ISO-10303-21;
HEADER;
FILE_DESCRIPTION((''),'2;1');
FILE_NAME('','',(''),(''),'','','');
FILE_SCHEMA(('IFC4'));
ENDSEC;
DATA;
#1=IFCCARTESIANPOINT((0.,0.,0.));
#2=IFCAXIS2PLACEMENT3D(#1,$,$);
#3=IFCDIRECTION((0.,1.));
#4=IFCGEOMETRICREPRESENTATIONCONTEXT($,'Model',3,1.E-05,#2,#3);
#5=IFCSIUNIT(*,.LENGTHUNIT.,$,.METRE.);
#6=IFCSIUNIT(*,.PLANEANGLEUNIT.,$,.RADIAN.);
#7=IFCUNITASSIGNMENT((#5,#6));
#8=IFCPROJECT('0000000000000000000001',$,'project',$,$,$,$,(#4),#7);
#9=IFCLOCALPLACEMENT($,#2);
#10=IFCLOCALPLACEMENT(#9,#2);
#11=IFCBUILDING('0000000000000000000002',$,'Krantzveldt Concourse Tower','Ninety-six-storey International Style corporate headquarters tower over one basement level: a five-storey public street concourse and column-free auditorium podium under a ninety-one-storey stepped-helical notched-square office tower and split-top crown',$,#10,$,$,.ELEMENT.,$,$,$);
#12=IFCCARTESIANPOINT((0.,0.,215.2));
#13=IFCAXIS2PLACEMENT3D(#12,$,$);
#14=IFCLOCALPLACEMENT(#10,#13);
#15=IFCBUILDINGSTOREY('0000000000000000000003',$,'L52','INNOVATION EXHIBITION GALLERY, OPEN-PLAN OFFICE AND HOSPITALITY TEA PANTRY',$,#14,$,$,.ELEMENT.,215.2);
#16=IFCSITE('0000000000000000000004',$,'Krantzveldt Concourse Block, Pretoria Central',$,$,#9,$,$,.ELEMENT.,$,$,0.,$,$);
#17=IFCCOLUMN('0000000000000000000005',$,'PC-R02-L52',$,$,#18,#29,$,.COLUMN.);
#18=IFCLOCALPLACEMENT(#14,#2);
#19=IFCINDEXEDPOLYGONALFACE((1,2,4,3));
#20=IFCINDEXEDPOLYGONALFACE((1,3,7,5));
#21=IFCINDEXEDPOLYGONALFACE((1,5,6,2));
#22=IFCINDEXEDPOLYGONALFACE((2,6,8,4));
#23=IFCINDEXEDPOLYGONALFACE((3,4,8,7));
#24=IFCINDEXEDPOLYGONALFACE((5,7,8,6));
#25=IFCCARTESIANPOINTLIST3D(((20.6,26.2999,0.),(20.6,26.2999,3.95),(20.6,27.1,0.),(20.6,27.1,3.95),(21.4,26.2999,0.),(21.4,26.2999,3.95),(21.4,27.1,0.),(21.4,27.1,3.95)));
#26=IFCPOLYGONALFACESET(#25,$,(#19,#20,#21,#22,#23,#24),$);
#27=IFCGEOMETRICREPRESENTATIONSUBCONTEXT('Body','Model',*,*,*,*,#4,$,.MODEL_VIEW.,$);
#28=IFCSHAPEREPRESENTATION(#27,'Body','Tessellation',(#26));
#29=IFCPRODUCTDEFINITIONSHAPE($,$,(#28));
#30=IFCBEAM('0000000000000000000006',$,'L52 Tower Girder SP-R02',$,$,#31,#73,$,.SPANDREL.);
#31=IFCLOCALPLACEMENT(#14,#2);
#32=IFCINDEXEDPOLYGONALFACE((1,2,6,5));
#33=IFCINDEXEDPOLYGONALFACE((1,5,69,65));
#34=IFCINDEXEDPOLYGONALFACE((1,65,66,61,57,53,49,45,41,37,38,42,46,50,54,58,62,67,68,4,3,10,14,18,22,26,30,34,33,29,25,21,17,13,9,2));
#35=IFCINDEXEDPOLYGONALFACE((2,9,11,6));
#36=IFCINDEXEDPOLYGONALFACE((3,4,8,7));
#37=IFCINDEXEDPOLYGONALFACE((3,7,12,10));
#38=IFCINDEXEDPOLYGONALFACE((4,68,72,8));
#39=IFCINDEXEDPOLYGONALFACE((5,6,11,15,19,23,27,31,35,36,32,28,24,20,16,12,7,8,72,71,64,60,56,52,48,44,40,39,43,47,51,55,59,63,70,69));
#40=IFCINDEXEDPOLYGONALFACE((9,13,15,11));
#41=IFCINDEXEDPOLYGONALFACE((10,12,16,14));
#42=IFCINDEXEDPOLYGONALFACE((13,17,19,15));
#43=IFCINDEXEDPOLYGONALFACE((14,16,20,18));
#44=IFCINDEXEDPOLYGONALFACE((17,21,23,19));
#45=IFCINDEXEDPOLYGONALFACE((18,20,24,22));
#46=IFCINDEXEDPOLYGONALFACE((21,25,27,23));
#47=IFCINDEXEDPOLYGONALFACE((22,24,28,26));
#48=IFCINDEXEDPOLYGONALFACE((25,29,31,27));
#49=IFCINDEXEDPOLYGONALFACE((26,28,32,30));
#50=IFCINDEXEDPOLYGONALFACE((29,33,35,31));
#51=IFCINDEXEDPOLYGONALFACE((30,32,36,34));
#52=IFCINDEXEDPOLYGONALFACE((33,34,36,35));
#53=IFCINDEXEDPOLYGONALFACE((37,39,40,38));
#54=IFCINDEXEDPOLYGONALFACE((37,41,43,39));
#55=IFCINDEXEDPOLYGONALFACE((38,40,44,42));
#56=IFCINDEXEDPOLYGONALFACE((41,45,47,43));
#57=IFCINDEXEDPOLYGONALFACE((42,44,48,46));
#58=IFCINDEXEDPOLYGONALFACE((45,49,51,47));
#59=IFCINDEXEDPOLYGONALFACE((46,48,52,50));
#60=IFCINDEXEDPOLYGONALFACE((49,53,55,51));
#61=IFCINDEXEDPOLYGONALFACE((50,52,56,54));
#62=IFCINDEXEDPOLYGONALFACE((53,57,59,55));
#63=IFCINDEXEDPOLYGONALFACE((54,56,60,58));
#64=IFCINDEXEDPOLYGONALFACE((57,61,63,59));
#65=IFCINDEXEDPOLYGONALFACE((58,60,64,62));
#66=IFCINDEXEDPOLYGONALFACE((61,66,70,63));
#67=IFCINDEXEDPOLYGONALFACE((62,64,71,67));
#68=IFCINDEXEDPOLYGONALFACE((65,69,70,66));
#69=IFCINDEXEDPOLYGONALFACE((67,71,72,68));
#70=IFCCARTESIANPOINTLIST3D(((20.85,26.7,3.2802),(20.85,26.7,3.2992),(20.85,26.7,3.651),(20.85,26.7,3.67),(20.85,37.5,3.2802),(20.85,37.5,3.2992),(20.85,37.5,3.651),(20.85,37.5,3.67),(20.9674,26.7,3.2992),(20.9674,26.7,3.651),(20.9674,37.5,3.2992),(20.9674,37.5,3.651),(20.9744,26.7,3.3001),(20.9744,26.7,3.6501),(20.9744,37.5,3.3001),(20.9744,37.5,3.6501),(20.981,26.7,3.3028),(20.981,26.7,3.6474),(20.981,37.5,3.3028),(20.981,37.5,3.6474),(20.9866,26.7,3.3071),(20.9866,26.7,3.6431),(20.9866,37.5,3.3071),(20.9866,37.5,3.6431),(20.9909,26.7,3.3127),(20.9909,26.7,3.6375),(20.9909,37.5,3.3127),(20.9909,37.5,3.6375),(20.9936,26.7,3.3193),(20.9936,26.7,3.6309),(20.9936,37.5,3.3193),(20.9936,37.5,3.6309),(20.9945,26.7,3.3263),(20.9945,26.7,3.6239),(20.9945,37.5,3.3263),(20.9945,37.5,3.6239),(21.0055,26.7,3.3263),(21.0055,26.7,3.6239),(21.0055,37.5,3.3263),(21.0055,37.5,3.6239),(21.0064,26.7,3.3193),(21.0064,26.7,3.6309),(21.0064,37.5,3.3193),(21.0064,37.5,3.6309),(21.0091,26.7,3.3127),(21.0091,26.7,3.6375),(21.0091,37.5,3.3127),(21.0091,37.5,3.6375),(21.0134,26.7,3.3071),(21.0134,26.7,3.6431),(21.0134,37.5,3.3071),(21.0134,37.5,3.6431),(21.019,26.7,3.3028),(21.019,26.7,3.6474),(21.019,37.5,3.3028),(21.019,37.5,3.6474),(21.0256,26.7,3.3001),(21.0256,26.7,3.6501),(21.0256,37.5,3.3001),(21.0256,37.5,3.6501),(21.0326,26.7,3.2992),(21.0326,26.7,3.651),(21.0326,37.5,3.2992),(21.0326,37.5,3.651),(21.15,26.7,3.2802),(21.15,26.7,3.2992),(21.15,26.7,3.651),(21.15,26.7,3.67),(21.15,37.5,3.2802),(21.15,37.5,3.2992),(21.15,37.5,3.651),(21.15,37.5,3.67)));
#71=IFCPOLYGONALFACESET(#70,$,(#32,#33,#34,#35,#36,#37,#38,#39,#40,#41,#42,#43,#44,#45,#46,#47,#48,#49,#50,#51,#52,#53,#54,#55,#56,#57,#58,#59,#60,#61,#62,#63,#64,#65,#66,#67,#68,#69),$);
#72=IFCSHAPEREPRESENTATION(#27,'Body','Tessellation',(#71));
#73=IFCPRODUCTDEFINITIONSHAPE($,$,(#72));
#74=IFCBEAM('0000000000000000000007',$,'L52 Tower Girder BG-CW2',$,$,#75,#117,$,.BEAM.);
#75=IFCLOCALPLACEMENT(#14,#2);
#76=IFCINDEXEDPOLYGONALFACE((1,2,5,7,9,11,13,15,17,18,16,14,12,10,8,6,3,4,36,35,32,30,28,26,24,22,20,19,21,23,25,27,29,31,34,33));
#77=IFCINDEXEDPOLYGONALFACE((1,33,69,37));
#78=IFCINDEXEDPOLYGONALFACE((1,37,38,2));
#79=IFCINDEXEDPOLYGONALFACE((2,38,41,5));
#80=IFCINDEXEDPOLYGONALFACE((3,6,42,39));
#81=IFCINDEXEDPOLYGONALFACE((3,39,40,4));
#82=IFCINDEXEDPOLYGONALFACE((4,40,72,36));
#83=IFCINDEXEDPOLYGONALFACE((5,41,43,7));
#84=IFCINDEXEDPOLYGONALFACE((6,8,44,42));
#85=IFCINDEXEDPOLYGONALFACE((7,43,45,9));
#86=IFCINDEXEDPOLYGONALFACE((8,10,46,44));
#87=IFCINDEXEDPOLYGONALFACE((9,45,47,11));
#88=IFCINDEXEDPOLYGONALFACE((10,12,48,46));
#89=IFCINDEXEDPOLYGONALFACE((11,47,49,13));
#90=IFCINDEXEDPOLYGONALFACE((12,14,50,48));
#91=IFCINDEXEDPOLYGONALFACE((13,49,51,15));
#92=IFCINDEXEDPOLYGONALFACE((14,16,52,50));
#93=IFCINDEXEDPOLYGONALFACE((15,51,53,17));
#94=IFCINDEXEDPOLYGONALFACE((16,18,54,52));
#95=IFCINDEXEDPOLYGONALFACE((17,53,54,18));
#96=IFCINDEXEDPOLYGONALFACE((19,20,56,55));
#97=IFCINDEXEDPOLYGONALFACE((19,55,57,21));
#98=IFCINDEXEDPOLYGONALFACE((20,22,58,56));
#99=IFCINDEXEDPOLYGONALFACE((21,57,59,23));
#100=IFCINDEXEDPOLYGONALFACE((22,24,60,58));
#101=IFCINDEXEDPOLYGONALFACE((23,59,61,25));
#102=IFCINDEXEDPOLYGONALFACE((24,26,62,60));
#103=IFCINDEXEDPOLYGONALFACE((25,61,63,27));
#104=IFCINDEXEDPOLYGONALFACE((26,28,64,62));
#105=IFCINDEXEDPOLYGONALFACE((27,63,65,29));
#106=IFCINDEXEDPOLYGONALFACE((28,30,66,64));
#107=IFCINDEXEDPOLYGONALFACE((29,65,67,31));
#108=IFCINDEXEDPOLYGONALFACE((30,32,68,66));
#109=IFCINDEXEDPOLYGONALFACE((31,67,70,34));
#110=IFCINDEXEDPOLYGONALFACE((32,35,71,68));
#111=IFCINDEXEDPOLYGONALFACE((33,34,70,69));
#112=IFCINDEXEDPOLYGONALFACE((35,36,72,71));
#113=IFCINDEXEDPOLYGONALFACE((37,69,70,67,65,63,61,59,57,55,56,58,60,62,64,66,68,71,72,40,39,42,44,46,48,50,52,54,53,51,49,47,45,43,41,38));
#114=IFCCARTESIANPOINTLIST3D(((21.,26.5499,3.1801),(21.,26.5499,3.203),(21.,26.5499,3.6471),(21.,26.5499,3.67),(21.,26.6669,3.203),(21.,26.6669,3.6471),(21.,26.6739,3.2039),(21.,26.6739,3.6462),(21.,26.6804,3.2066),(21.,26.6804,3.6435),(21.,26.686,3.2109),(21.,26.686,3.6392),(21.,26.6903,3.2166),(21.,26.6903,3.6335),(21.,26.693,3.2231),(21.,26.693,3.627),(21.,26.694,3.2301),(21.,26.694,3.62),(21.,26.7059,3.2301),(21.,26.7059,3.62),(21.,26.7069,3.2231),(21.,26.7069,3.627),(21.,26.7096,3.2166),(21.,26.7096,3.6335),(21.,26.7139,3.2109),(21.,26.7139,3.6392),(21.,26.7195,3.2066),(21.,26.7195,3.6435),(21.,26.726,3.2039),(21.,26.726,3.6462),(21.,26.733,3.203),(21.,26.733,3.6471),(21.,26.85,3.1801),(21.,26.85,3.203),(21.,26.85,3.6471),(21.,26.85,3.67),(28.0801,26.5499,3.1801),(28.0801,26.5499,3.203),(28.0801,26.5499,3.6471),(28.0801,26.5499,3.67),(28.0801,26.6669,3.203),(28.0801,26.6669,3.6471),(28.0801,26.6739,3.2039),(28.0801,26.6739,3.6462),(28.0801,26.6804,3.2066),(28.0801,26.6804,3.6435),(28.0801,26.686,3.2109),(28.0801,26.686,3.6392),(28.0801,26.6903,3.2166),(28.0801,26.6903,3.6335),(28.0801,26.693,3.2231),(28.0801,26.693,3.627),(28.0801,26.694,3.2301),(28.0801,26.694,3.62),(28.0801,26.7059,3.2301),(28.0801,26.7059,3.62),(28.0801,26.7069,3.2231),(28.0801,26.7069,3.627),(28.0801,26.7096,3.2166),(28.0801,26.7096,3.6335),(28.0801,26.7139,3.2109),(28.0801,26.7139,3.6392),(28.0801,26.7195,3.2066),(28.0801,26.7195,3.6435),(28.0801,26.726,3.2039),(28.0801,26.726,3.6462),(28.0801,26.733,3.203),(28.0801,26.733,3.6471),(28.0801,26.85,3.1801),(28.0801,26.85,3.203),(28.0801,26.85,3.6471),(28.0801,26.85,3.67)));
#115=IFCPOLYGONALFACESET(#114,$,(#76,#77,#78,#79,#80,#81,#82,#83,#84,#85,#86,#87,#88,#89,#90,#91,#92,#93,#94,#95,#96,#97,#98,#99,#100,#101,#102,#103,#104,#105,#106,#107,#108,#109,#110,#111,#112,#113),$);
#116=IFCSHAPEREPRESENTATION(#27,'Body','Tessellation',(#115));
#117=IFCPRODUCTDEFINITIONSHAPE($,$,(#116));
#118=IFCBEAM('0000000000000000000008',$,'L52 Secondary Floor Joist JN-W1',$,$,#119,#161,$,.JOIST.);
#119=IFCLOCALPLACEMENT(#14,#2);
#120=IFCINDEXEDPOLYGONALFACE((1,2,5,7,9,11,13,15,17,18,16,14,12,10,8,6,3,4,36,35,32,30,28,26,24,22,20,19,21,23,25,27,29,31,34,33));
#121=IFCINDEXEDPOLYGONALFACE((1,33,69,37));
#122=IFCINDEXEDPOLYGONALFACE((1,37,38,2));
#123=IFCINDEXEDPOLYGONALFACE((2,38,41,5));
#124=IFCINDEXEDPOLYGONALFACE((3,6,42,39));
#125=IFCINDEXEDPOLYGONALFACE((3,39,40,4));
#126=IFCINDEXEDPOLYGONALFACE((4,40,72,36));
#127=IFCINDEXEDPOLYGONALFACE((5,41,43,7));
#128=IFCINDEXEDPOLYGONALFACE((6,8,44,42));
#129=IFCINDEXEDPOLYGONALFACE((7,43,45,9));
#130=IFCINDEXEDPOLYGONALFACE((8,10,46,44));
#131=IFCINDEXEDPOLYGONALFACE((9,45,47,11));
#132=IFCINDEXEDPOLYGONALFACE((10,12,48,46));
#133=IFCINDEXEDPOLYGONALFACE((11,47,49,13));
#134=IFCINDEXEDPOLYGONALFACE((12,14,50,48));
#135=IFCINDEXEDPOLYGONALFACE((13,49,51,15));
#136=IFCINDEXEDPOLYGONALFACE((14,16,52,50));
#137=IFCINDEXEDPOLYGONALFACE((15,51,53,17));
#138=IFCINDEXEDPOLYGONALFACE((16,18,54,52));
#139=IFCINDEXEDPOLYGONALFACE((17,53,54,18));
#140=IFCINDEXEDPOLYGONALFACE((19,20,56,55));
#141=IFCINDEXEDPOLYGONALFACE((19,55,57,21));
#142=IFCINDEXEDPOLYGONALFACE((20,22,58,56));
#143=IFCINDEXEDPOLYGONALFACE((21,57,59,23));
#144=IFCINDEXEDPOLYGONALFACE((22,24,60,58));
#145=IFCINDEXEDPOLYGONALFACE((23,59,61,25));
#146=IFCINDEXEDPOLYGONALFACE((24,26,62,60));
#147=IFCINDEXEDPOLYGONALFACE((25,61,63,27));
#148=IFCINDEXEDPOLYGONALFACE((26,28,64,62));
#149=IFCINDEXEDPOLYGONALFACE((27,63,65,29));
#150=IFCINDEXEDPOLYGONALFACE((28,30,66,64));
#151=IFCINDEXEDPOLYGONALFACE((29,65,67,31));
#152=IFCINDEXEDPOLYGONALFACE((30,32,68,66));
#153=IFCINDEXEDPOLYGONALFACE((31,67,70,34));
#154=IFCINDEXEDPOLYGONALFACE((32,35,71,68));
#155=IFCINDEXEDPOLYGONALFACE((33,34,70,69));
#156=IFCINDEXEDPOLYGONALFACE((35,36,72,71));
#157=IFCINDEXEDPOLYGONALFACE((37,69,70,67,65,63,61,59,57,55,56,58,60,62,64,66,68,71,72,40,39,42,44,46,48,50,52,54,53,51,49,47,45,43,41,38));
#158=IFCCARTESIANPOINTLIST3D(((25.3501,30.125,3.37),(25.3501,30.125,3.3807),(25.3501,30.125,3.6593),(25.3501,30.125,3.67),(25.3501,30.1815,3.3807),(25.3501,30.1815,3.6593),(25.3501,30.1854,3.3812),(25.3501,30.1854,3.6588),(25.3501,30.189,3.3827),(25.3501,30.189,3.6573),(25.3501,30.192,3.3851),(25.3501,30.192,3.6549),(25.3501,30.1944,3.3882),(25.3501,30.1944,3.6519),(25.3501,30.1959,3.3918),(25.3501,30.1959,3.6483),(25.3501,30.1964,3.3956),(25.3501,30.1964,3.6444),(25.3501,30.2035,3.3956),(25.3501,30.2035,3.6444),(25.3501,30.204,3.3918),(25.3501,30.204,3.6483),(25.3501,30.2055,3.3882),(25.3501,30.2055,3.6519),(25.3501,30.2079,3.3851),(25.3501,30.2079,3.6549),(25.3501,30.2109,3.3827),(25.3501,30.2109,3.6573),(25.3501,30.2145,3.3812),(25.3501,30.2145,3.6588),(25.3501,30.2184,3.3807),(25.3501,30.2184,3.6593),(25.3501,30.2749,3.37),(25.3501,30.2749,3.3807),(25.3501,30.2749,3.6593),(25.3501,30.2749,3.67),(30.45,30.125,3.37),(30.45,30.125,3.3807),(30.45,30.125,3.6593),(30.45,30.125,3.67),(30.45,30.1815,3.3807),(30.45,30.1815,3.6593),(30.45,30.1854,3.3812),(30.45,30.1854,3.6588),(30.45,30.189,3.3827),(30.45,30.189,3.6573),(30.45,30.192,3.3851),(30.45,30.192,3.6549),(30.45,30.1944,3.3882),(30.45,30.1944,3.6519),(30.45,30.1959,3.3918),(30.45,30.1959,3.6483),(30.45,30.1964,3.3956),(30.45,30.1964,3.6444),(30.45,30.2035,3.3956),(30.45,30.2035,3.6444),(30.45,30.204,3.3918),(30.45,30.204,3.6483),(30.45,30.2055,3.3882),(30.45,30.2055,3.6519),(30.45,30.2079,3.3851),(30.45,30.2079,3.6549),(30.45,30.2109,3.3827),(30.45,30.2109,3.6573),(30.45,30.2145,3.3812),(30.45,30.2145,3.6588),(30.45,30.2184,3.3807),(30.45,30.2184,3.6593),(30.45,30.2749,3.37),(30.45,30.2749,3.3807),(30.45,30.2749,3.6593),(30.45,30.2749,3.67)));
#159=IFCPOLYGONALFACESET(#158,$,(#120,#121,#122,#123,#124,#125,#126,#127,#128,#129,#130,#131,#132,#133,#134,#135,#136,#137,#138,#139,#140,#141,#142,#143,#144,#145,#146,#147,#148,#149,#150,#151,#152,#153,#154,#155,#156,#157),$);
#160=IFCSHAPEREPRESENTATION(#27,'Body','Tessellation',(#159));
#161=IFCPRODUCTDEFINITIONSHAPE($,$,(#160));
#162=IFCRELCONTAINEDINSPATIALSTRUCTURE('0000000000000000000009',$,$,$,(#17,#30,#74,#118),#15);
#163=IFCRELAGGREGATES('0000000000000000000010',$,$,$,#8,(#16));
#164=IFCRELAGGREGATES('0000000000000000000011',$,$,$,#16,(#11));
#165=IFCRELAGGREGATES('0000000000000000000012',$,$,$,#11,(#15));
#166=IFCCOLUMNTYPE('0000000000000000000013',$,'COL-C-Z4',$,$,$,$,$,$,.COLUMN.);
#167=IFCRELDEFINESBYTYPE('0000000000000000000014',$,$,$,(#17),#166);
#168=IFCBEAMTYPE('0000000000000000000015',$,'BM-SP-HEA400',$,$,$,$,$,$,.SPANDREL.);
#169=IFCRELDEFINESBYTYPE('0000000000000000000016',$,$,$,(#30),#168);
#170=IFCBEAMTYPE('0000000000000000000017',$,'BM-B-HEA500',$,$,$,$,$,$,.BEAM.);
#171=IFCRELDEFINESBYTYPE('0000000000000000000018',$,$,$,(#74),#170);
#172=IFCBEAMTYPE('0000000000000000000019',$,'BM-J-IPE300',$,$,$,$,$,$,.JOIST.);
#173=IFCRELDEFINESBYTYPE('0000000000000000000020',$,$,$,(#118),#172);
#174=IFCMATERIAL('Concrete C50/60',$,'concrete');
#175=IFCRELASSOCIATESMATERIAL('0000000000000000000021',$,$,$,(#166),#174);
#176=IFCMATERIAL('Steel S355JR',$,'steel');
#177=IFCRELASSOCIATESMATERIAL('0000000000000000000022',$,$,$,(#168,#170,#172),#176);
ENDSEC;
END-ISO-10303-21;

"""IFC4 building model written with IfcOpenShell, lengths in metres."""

from ifc_helpers import new_model, si_unit, direction, frame, origin, origin_2d, place, context, subcontext, project, spatial, rectangle, i_section, extrude, source, transform, mapped, material, material_profile, profile_set, type_object, type_shapes, element, save


model = new_model("IFC4")

# Units and contexts
model_context = context("Model", 3, precision=1e-05, world=origin(), true_north=direction((0.0, 1.0)))
body_context = subcontext(model_context, "Body", "Model", "MODEL_VIEW")
ifc_project = project(units=[si_unit("LENGTHUNIT", "METRE"), si_unit("PLANEANGLEUNIT", "RADIAN")], contexts=[model_context])

# Site, building, storey
site_placement = place(None, origin())
site = spatial("IfcSite", under=ifc_project, at=site_placement, Name="Krantzveldt Concourse Block, Pretoria Central", CompositionType="ELEMENT", RefElevation=0.0)
building_placement = place(site_placement, origin())
building = spatial("IfcBuilding", under=site, at=building_placement, Name="Krantzveldt Concourse Tower", Description="Ninety-six-storey International Style corporate headquarters tower over one basement level: a five-storey public street concourse and column-free auditorium podium under a ninety-one-storey stepped-helical notched-square office tower and split-top crown", CompositionType="ELEMENT")
storey_placement = place(building_placement, frame((0.0, 0.0, 215.2)))
storey = spatial("IfcBuildingStorey", under=building, at=storey_placement, Name="L52", Description="INNOVATION EXHIBITION GALLERY, OPEN-PLAN OFFICE AND HOSPITALITY TEA PANTRY", CompositionType="ELEMENT", Elevation=215.2)

# Column
ifc_material_1 = material(Name="Concrete C50/60", Category="concrete")
ifc_material_profile_1 = material_profile(ifc_material_1, rectangle(XDim=0.8, YDim=0.8, at=origin_2d()), Name="Concrete C50/60", Category="concrete")
ifc_profile_set_1 = profile_set([ifc_material_profile_1], Name="Concrete C50/60 - RC 800x800")
column_type = type_object("IfcColumnType", Name="COL-C-Z4", PredefinedType="COLUMN", material=ifc_profile_set_1)
shared_shape_1 = source(origin(), body_context, "Body", "SweptSolid", [
    extrude(rectangle(XDim=0.8, YDim=0.8, at=origin_2d()), origin(), (0.0, 0.0, 1.0), 3.95),
])
type_shapes(column_type, [shared_shape_1])
column_placement = place(storey_placement, frame((21.0, 26.7, 0.0), z_axis=(0.0, 0.0, 1.0), x_axis=(1.0, 0.0, 0.0)))
element("IfcColumn", 1, at=column_placement, inside=storey, type_object=column_type, Name="PC-R02-L52", PredefinedType="COLUMN", context=body_context, shape_type="MappedRepresentation", body=[
    mapped(shared_shape_1, transform((0.0, 0.0, 0.0), x_axis=(1.0, 0.0, 0.0), y_axis=(0.0, 1.0, 0.0), z_axis=(0.0, 0.0, 1.0), scale=1.0)),
])

# Beams
ifc_material_2 = material(Name="Steel S355JR", Category="steel")
ifc_material_profile_2 = material_profile(ifc_material_2, i_section(OverallWidth=0.3, OverallDepth=0.3899, WebThickness=0.011, FlangeThickness=0.019, FilletRadius=0.0271, at=origin_2d()), Name="Steel S355JR", Category="steel")
ifc_profile_set_2 = profile_set([ifc_material_profile_2], Name="Steel S355JR - HEA 400")
beam_type_1 = type_object("IfcBeamType", Name="BM-SP-HEA400", PredefinedType="SPANDREL", material=ifc_profile_set_2)
shared_shape_2 = source(origin(), body_context, "Body", "SweptSolid", [
    extrude(i_section(OverallWidth=0.3, OverallDepth=0.3899, WebThickness=0.011, FlangeThickness=0.019, FilletRadius=0.0271, at=origin_2d()), origin(), (0.0, 0.0, 1.0), 10.8),
])
type_shapes(beam_type_1, [shared_shape_2])
beam_1_placement = place(storey_placement, frame((21.0, 26.7, 3.4751), z_axis=(0.0, 1.0, 0.0), x_axis=(-1.0, 0.0, 0.0)))
element("IfcBeam", 2, at=beam_1_placement, inside=storey, type_object=beam_type_1, Name="L52 Tower Girder SP-R02", PredefinedType="SPANDREL", context=body_context, shape_type="MappedRepresentation", body=[
    mapped(shared_shape_2, transform((0.0, 0.0, 0.0), x_axis=(1.0, 0.0, 0.0), y_axis=(0.0, 1.0, 0.0), z_axis=(0.0, 0.0, 1.0), scale=1.0)),
])
ifc_material_profile_3 = material_profile(ifc_material_2, i_section(OverallWidth=0.3, OverallDepth=0.49, WebThickness=0.012, FlangeThickness=0.0229, FilletRadius=0.0271, at=origin_2d()), Name="Steel S355JR", Category="steel")
ifc_profile_set_3 = profile_set([ifc_material_profile_3], Name="Steel S355JR - HEA 500")
beam_type_2 = type_object("IfcBeamType", Name="BM-B-HEA500", PredefinedType="BEAM", material=ifc_profile_set_3)
shared_shape_3 = source(origin(), body_context, "Body", "SweptSolid", [
    extrude(i_section(OverallWidth=0.3, OverallDepth=0.49, WebThickness=0.012, FlangeThickness=0.0229, FilletRadius=0.0271, at=origin_2d()), origin(), (0.0, 0.0, 1.0), 7.0801),
])
type_shapes(beam_type_2, [shared_shape_3])
beam_2_placement = place(storey_placement, frame((21.0, 26.7, 3.425), z_axis=(1.0, 0.0, 0.0), x_axis=(0.0, 1.0, 0.0)))
element("IfcBeam", 3, at=beam_2_placement, inside=storey, type_object=beam_type_2, Name="L52 Tower Girder BG-CW2", PredefinedType="BEAM", context=body_context, shape_type="MappedRepresentation", body=[
    mapped(shared_shape_3, transform((0.0, 0.0, 0.0), x_axis=(1.0, 0.0, 0.0), y_axis=(0.0, 1.0, 0.0), z_axis=(0.0, 0.0, 1.0), scale=1.0)),
])
ifc_material_profile_4 = material_profile(ifc_material_2, i_section(OverallWidth=0.1499, OverallDepth=0.3, WebThickness=0.0071, FlangeThickness=0.0107, FilletRadius=0.0149, at=origin_2d()), Name="Steel S355JR", Category="steel")
ifc_profile_set_4 = profile_set([ifc_material_profile_4], Name="Steel S355JR - IPE 300")
beam_type_3 = type_object("IfcBeamType", Name="BM-J-IPE300", PredefinedType="JOIST", material=ifc_profile_set_4)
shared_shape_4 = source(origin(), body_context, "Body", "SweptSolid", [
    extrude(i_section(OverallWidth=0.1499, OverallDepth=0.3, WebThickness=0.0071, FlangeThickness=0.0107, FilletRadius=0.0149, at=origin_2d()), origin(), (0.0, 0.0, 1.0), 5.0999),
])
type_shapes(beam_type_3, [shared_shape_4])
beam_3_placement = place(storey_placement, frame((25.3501, 30.2, 3.52), z_axis=(1.0, 0.0, 0.0), x_axis=(0.0, 1.0, 0.0)))
element("IfcBeam", 4, at=beam_3_placement, inside=storey, type_object=beam_type_3, Name="L52 Secondary Floor Joist JN-W1", PredefinedType="JOIST", context=body_context, shape_type="MappedRepresentation", body=[
    mapped(shared_shape_4, transform((0.0, 0.0, 0.0), x_axis=(1.0, 0.0, 0.0), y_axis=(0.0, 1.0, 0.0), z_axis=(0.0, 0.0, 1.0), scale=1.0)),
])

save(model, "model.ifc")
